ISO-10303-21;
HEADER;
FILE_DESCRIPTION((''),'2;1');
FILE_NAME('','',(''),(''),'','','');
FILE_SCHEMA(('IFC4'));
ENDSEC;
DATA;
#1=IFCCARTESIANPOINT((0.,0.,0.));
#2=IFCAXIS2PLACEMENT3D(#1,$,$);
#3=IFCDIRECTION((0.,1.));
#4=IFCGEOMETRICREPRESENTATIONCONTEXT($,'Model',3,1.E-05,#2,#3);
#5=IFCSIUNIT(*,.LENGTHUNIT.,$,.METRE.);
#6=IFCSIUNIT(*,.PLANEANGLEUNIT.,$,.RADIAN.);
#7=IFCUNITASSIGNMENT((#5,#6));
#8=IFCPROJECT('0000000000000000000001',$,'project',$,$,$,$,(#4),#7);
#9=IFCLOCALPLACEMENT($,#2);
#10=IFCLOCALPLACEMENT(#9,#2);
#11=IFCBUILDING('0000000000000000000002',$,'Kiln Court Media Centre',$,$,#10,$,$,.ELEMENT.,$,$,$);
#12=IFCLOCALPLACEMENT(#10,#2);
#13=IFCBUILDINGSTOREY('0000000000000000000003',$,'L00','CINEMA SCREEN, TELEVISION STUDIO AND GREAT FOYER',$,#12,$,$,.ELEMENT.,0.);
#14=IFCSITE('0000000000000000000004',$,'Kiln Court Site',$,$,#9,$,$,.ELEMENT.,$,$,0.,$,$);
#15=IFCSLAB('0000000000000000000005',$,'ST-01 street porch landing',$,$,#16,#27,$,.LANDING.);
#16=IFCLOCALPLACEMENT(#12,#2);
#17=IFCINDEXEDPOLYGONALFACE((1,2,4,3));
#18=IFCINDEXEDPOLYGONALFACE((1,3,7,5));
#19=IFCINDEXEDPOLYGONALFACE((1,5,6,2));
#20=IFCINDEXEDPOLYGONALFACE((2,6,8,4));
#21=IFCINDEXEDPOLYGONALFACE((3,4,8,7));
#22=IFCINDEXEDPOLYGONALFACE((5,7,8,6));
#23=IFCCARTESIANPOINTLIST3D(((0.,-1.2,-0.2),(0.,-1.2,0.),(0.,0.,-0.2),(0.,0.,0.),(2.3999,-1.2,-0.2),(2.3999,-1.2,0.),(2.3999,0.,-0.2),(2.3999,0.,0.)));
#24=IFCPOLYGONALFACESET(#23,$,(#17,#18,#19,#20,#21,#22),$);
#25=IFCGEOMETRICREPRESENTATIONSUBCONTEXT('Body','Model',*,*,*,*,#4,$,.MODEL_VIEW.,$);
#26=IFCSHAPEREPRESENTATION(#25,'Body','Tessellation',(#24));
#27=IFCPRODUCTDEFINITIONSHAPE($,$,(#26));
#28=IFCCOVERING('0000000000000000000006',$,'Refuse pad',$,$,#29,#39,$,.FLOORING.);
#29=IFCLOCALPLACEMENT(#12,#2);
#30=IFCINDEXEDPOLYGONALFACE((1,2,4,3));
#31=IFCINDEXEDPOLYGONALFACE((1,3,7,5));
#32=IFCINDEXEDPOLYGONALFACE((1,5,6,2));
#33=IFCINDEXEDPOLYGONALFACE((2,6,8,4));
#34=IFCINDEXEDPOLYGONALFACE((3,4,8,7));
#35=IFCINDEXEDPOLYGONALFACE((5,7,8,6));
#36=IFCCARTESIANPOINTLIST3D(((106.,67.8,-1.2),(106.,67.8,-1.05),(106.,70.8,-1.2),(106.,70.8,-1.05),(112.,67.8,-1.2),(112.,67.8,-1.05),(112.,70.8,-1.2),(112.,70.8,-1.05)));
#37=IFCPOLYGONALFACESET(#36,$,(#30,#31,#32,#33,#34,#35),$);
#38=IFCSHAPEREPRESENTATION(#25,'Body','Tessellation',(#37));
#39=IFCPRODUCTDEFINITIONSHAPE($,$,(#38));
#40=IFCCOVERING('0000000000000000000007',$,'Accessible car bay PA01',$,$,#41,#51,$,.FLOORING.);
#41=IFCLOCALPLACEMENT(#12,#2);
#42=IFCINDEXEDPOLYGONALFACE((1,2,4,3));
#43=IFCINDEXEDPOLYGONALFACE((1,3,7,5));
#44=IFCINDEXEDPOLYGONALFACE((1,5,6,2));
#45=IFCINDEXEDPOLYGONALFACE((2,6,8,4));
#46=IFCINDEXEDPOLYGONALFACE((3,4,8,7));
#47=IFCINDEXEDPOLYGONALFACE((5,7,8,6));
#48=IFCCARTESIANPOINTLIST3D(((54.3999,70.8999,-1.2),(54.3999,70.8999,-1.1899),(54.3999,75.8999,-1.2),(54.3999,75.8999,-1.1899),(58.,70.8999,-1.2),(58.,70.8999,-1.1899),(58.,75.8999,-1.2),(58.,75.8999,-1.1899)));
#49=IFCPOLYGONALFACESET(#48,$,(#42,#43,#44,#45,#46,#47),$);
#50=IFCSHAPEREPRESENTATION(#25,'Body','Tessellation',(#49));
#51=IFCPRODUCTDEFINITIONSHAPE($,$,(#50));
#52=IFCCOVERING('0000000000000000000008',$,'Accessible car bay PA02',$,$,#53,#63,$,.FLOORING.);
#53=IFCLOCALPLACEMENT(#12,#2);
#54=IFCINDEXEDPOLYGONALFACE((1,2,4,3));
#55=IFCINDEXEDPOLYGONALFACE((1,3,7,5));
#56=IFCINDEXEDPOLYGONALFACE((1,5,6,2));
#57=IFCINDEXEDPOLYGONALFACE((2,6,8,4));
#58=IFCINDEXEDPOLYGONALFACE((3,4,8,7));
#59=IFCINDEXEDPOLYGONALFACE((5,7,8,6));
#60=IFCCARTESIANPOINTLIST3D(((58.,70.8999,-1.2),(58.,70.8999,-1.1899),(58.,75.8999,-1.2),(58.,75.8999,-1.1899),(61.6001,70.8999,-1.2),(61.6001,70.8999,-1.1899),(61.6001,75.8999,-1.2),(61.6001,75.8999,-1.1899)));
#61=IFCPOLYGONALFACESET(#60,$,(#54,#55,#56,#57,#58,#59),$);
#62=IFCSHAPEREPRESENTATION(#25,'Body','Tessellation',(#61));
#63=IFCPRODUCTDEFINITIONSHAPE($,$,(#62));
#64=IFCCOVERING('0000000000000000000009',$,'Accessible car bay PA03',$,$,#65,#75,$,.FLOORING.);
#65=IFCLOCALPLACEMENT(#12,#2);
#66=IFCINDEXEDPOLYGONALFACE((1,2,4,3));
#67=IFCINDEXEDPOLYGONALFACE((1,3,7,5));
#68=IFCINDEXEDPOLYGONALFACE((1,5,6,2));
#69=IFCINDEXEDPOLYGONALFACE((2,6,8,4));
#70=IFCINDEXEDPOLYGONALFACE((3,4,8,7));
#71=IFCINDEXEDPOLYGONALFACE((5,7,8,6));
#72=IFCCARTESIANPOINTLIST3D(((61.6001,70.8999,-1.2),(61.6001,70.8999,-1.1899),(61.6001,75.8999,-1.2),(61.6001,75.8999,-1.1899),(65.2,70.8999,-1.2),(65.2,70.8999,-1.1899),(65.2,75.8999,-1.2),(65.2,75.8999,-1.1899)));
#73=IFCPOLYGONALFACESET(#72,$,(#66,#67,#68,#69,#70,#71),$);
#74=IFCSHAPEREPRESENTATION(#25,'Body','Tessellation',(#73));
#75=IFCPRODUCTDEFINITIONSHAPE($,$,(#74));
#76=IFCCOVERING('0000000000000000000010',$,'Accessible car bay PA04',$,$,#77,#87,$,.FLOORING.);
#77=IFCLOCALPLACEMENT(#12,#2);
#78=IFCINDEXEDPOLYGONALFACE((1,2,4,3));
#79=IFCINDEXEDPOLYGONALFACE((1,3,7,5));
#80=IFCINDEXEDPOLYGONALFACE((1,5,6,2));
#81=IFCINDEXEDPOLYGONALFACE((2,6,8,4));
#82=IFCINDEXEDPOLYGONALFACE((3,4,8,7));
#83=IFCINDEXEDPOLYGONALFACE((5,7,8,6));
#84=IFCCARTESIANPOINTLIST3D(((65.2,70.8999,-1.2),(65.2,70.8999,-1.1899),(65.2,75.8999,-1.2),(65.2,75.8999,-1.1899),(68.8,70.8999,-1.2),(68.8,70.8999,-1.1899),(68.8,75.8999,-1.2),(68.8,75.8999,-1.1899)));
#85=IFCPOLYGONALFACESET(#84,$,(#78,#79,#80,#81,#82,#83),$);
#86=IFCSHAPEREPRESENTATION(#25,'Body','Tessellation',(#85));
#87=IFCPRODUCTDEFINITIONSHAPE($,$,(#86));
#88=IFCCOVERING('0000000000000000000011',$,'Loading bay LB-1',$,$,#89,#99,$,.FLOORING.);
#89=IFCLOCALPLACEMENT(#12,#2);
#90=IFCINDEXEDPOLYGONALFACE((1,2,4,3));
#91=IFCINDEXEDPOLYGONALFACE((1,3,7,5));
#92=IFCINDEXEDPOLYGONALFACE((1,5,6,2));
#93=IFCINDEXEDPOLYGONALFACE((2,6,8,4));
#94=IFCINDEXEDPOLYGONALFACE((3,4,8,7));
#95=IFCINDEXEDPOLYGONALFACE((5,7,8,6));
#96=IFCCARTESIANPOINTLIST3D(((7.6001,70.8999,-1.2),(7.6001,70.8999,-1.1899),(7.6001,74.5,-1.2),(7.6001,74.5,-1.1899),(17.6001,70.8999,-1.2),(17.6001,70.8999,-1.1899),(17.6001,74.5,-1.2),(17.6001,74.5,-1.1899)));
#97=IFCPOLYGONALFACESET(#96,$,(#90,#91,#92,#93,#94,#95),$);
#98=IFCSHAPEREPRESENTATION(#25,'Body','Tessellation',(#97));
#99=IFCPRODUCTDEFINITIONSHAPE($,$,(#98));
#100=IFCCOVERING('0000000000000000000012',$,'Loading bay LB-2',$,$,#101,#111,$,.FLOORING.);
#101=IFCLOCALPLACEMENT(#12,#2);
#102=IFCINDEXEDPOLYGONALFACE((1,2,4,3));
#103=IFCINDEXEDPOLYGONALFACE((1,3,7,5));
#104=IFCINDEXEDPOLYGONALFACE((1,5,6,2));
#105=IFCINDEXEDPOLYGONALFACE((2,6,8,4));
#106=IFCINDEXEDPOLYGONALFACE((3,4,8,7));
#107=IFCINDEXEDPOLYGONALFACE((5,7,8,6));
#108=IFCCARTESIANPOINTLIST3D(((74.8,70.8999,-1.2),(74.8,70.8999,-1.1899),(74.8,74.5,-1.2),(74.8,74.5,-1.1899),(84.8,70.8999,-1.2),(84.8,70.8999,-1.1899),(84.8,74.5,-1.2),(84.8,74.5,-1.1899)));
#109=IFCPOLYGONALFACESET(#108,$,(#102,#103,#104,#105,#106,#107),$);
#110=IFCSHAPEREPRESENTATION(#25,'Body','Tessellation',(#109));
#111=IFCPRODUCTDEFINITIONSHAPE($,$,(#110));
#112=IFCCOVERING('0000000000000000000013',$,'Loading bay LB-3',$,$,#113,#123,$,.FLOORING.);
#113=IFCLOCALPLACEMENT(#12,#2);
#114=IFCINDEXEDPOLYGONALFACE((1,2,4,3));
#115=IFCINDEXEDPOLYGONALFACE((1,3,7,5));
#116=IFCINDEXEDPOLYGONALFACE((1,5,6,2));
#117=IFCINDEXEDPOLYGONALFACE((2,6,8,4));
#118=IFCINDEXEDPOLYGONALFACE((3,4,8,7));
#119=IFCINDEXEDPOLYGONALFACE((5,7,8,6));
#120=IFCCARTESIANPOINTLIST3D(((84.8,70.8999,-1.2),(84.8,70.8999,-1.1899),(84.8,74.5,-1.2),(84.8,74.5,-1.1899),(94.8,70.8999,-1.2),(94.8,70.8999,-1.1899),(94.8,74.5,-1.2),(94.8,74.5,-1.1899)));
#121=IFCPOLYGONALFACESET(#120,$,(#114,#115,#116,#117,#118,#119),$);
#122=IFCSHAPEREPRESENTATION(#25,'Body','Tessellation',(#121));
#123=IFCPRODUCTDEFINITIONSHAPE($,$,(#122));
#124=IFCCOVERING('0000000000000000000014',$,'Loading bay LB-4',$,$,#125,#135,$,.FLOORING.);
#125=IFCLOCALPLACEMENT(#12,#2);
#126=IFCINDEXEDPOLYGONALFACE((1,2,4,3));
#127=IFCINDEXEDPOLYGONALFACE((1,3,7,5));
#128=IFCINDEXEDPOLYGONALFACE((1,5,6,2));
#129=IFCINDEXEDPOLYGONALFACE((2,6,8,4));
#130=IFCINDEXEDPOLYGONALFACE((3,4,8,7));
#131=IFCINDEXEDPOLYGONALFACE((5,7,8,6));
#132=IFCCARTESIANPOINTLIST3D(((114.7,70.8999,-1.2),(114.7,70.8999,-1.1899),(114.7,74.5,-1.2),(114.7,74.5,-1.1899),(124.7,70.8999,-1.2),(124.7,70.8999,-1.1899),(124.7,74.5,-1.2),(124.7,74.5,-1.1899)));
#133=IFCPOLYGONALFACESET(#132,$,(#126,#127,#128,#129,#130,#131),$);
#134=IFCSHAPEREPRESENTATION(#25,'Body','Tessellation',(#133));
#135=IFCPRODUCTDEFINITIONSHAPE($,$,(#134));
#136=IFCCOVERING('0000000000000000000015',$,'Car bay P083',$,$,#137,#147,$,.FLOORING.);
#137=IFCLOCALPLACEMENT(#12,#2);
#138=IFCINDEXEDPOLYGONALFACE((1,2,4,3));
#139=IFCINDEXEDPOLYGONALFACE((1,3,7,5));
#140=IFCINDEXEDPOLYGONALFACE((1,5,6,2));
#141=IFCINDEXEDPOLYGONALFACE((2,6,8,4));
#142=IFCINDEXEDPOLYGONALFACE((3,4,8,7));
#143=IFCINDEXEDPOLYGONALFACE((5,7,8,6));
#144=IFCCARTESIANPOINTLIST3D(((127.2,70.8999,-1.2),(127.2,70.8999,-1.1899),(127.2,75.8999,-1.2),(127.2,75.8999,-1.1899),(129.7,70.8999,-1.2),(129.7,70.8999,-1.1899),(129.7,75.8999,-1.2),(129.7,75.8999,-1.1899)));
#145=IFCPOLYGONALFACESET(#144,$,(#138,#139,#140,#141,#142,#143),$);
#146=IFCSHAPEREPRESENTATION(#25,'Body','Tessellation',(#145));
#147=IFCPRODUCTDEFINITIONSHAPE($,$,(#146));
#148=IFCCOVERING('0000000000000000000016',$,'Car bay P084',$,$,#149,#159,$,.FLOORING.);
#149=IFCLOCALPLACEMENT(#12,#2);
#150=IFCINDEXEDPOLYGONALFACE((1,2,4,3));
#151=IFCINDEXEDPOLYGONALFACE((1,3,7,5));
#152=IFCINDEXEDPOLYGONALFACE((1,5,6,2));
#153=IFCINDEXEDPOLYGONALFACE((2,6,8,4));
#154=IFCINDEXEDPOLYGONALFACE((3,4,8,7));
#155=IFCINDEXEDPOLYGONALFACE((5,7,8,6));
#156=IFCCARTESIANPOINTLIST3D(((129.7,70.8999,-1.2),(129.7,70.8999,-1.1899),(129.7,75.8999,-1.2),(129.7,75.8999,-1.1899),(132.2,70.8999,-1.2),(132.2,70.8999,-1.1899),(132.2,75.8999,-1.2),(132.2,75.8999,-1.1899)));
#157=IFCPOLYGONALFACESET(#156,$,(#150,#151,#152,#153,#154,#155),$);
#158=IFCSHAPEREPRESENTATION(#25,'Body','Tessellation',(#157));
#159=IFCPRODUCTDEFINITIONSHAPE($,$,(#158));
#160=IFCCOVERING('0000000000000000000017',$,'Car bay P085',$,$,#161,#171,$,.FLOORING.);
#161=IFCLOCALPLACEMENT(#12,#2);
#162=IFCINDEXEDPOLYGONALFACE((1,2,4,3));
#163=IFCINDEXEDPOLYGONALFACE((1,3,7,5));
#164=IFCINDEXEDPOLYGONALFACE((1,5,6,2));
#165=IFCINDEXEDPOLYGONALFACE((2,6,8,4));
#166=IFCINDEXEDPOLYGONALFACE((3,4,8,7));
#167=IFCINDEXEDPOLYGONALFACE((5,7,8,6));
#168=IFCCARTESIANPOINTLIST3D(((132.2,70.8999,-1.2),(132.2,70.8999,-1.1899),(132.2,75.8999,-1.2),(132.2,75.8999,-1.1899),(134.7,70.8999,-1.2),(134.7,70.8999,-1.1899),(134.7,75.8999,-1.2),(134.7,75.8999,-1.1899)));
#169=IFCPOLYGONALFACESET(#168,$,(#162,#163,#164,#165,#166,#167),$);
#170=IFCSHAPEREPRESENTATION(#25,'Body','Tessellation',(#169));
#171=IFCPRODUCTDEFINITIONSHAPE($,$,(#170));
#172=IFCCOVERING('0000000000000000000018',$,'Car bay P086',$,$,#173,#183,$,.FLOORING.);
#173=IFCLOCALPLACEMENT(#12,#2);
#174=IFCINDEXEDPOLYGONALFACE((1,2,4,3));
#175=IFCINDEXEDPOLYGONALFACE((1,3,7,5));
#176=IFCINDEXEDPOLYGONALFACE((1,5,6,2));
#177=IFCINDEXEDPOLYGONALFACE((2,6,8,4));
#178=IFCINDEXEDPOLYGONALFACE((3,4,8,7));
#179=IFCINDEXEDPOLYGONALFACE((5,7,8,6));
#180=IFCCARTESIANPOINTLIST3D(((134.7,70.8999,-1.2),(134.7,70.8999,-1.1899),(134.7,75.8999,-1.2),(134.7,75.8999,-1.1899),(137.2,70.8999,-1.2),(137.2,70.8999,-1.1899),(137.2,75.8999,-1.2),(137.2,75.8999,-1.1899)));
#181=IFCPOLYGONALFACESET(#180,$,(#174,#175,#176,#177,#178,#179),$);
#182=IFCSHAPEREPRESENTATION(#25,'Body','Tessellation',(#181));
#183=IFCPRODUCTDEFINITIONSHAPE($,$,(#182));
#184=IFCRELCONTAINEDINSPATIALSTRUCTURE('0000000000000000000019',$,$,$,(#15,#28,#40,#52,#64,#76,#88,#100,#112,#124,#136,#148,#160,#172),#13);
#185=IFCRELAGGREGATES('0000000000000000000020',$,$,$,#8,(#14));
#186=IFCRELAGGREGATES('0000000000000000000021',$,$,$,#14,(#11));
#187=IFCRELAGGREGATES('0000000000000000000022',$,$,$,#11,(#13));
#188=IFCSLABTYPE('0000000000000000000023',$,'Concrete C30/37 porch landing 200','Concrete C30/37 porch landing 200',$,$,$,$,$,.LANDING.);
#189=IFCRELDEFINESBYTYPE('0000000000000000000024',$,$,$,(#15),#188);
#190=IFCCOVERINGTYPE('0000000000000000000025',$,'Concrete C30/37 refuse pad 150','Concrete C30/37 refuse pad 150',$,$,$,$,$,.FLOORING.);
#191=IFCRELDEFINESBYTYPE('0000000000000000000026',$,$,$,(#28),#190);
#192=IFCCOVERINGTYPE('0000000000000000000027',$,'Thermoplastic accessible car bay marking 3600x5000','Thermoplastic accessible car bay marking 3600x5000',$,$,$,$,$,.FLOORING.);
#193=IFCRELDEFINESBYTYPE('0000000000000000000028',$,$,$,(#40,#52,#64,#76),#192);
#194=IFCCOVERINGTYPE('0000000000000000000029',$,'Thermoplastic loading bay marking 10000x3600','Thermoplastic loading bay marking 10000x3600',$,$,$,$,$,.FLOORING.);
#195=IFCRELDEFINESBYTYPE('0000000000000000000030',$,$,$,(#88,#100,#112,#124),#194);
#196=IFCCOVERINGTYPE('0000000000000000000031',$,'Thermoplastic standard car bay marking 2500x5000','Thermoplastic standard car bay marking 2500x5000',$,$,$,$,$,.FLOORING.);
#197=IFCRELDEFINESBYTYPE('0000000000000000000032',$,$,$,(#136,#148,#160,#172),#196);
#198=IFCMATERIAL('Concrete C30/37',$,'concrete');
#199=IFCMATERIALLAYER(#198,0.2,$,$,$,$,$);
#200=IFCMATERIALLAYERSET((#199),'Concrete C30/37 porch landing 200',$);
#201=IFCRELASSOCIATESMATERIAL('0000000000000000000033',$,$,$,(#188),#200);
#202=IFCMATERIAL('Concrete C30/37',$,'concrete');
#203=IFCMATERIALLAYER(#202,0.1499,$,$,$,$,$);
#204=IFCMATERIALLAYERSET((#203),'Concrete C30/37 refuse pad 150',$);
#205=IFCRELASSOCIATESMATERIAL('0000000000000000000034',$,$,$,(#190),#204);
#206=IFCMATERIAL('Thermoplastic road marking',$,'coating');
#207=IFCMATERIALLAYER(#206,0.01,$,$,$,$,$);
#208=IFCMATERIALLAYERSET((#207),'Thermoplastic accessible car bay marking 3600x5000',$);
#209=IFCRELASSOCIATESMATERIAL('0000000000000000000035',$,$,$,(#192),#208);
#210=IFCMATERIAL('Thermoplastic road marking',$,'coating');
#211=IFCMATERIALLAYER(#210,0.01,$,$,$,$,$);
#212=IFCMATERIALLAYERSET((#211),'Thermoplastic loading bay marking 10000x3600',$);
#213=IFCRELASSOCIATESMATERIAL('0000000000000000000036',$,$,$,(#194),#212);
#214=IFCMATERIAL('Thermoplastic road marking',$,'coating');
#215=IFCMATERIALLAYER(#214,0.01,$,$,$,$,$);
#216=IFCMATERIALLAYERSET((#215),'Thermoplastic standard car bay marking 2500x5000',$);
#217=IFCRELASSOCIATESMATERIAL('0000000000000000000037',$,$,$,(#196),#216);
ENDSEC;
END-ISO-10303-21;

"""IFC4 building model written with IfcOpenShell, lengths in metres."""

from ifc_helpers import new_model, si_unit, direction, frame, origin, place, context, subcontext, project, spatial, polyline, outline, extrude, material, layer, layer_set, type_object, element, save


model = new_model("IFC4")

# Units and contexts
model_context = context("Model", 3, precision=1e-05, world=origin(), true_north=direction((0.0, 1.0)))
body_context = subcontext(model_context, "Body", "Model", "MODEL_VIEW")
ifc_project = project(units=[si_unit("LENGTHUNIT", "METRE"), si_unit("PLANEANGLEUNIT", "RADIAN")], contexts=[model_context])

# Site, building, storey
site_placement = place(None, origin())
site = spatial("IfcSite", under=ifc_project, at=site_placement, Name="Kiln Court Site", CompositionType="ELEMENT", RefElevation=0.0)
building_placement = place(site_placement, origin())
building = spatial("IfcBuilding", under=site, at=building_placement, Name="Kiln Court Media Centre", CompositionType="ELEMENT")
storey_placement = place(building_placement, origin())
storey = spatial("IfcBuildingStorey", under=building, at=storey_placement, Name="L00", Description="CINEMA SCREEN, TELEVISION STUDIO AND GREAT FOYER", CompositionType="ELEMENT", Elevation=0.0)

# Slab
ifc_material_1 = material(Name="Concrete C30/37", Category="concrete")
ifc_layer_1 = layer(ifc_material_1, 0.2)
ifc_layer_set_1 = layer_set([ifc_layer_1], Name="Concrete C30/37 porch landing 200")
slab_type = type_object("IfcSlabType", Name="Concrete C30/37 porch landing 200", Description="Concrete C30/37 porch landing 200", PredefinedType="LANDING", material=ifc_layer_set_1)
slab_placement = place(storey_placement, frame((0.0, 0.0, -0.2)))
element("IfcSlab", 1, at=slab_placement, inside=storey, type_object=slab_type, Name="ST-01 street porch landing", PredefinedType="LANDING", context=body_context, shape_type="SweptSolid", body=[
    extrude(outline(polyline([(0.0, -1.2), (2.3999, -1.2), (2.3999, 0.0), (0.0, 0.0), (0.0, -1.2)])), origin(), (0.0, 0.0, 1.0), 0.2),
])

# Coverings
ifc_material_2 = material(Name="Concrete C30/37", Category="concrete")
ifc_layer_2 = layer(ifc_material_2, 0.1499)
ifc_layer_set_2 = layer_set([ifc_layer_2], Name="Concrete C30/37 refuse pad 150")
covering_type_1 = type_object("IfcCoveringType", Name="Concrete C30/37 refuse pad 150", Description="Concrete C30/37 refuse pad 150", PredefinedType="FLOORING", material=ifc_layer_set_2)
covering_1_placement = place(storey_placement, frame((0.0, 0.0, -1.2)))
element("IfcCovering", 2, at=covering_1_placement, inside=storey, type_object=covering_type_1, Name="Refuse pad", PredefinedType="FLOORING", context=body_context, shape_type="SweptSolid", body=[
    extrude(outline(polyline([(106.0, 67.8), (106.0, 70.8), (112.0, 70.8), (112.0, 67.8), (106.0, 67.8)])), origin(), (0.0, 0.0, 1.0), 0.1499),
])
ifc_material_3 = material(Name="Thermoplastic road marking", Category="coating")
ifc_layer_3 = layer(ifc_material_3, 0.01)
ifc_layer_set_3 = layer_set([ifc_layer_3], Name="Thermoplastic accessible car bay marking 3600x5000")
covering_type_2 = type_object("IfcCoveringType", Name="Thermoplastic accessible car bay marking 3600x5000", Description="Thermoplastic accessible car bay marking 3600x5000", PredefinedType="FLOORING", material=ifc_layer_set_3)
covering_2_placement = place(storey_placement, frame((0.0, 0.0, -1.2)))
element("IfcCovering", 3, at=covering_2_placement, inside=storey, type_object=covering_type_2, Name="Accessible car bay PA01", PredefinedType="FLOORING", context=body_context, shape_type="SweptSolid", body=[
    extrude(outline(polyline([(54.3999, 70.8999), (58.0, 70.8999), (58.0, 75.8999), (54.3999, 75.8999), (54.3999, 70.8999)])), origin(), (0.0, 0.0, 1.0), 0.01),
])
covering_3_placement = place(storey_placement, frame((0.0, 0.0, -1.2)))
element("IfcCovering", 4, at=covering_3_placement, inside=storey, type_object=covering_type_2, Name="Accessible car bay PA02", PredefinedType="FLOORING", context=body_context, shape_type="SweptSolid", body=[
    extrude(outline(polyline([(58.0, 70.8999), (61.6001, 70.8999), (61.6001, 75.8999), (58.0, 75.8999), (58.0, 70.8999)])), origin(), (0.0, 0.0, 1.0), 0.01),
])
covering_4_placement = place(storey_placement, frame((0.0, 0.0, -1.2)))
element("IfcCovering", 5, at=covering_4_placement, inside=storey, type_object=covering_type_2, Name="Accessible car bay PA03", PredefinedType="FLOORING", context=body_context, shape_type="SweptSolid", body=[
    extrude(outline(polyline([(61.6001, 70.8999), (65.2, 70.8999), (65.2, 75.8999), (61.6001, 75.8999), (61.6001, 70.8999)])), origin(), (0.0, 0.0, 1.0), 0.01),
])
covering_5_placement = place(storey_placement, frame((0.0, 0.0, -1.2)))
element("IfcCovering", 6, at=covering_5_placement, inside=storey, type_object=covering_type_2, Name="Accessible car bay PA04", PredefinedType="FLOORING", context=body_context, shape_type="SweptSolid", body=[
    extrude(outline(polyline([(65.2, 70.8999), (68.8, 70.8999), (68.8, 75.8999), (65.2, 75.8999), (65.2, 70.8999)])), origin(), (0.0, 0.0, 1.0), 0.01),
])
ifc_material_4 = material(Name="Thermoplastic road marking", Category="coating")
ifc_layer_4 = layer(ifc_material_4, 0.01)
ifc_layer_set_4 = layer_set([ifc_layer_4], Name="Thermoplastic loading bay marking 10000x3600")
covering_type_3 = type_object("IfcCoveringType", Name="Thermoplastic loading bay marking 10000x3600", Description="Thermoplastic loading bay marking 10000x3600", PredefinedType="FLOORING", material=ifc_layer_set_4)
covering_6_placement = place(storey_placement, frame((0.0, 0.0, -1.2)))
element("IfcCovering", 7, at=covering_6_placement, inside=storey, type_object=covering_type_3, Name="Loading bay LB-1", PredefinedType="FLOORING", context=body_context, shape_type="SweptSolid", body=[
    extrude(outline(polyline([(7.6001, 70.8999), (17.6001, 70.8999), (17.6001, 74.5), (7.6001, 74.5), (7.6001, 70.8999)])), origin(), (0.0, 0.0, 1.0), 0.01),
])
covering_7_placement = place(storey_placement, frame((0.0, 0.0, -1.2)))
element("IfcCovering", 8, at=covering_7_placement, inside=storey, type_object=covering_type_3, Name="Loading bay LB-2", PredefinedType="FLOORING", context=body_context, shape_type="SweptSolid", body=[
    extrude(outline(polyline([(74.8, 70.8999), (84.8, 70.8999), (84.8, 74.5), (74.8, 74.5), (74.8, 70.8999)])), origin(), (0.0, 0.0, 1.0), 0.01),
])
covering_8_placement = place(storey_placement, frame((0.0, 0.0, -1.2)))
element("IfcCovering", 9, at=covering_8_placement, inside=storey, type_object=covering_type_3, Name="Loading bay LB-3", PredefinedType="FLOORING", context=body_context, shape_type="SweptSolid", body=[
    extrude(outline(polyline([(84.8, 70.8999), (94.8, 70.8999), (94.8, 74.5), (84.8, 74.5), (84.8, 70.8999)])), origin(), (0.0, 0.0, 1.0), 0.01),
])
covering_9_placement = place(storey_placement, frame((0.0, 0.0, -1.2)))
element("IfcCovering", 10, at=covering_9_placement, inside=storey, type_object=covering_type_3, Name="Loading bay LB-4", PredefinedType="FLOORING", context=body_context, shape_type="SweptSolid", body=[
    extrude(outline(polyline([(114.7, 70.8999), (124.7, 70.8999), (124.7, 74.5), (114.7, 74.5), (114.7, 70.8999)])), origin(), (0.0, 0.0, 1.0), 0.01),
])
ifc_material_5 = material(Name="Thermoplastic road marking", Category="coating")
ifc_layer_5 = layer(ifc_material_5, 0.01)
ifc_layer_set_5 = layer_set([ifc_layer_5], Name="Thermoplastic standard car bay marking 2500x5000")
covering_type_4 = type_object("IfcCoveringType", Name="Thermoplastic standard car bay marking 2500x5000", Description="Thermoplastic standard car bay marking 2500x5000", PredefinedType="FLOORING", material=ifc_layer_set_5)
covering_10_placement = place(storey_placement, frame((0.0, 0.0, -1.2)))
element("IfcCovering", 11, at=covering_10_placement, inside=storey, type_object=covering_type_4, Name="Car bay P083", PredefinedType="FLOORING", context=body_context, shape_type="SweptSolid", body=[
    extrude(outline(polyline([(127.2, 70.8999), (129.7, 70.8999), (129.7, 75.8999), (127.2, 75.8999), (127.2, 70.8999)])), origin(), (0.0, 0.0, 1.0), 0.01),
])
covering_11_placement = place(storey_placement, frame((0.0, 0.0, -1.2)))
element("IfcCovering", 12, at=covering_11_placement, inside=storey, type_object=covering_type_4, Name="Car bay P084", PredefinedType="FLOORING", context=body_context, shape_type="SweptSolid", body=[
    extrude(outline(polyline([(129.7, 70.8999), (132.2, 70.8999), (132.2, 75.8999), (129.7, 75.8999), (129.7, 70.8999)])), origin(), (0.0, 0.0, 1.0), 0.01),
])
covering_12_placement = place(storey_placement, frame((0.0, 0.0, -1.2)))
element("IfcCovering", 13, at=covering_12_placement, inside=storey, type_object=covering_type_4, Name="Car bay P085", PredefinedType="FLOORING", context=body_context, shape_type="SweptSolid", body=[
    extrude(outline(polyline([(132.2, 70.8999), (134.7, 70.8999), (134.7, 75.8999), (132.2, 75.8999), (132.2, 70.8999)])), origin(), (0.0, 0.0, 1.0), 0.01),
])
covering_13_placement = place(storey_placement, frame((0.0, 0.0, -1.2)))
element("IfcCovering", 14, at=covering_13_placement, inside=storey, type_object=covering_type_4, Name="Car bay P086", PredefinedType="FLOORING", context=body_context, shape_type="SweptSolid", body=[
    extrude(outline(polyline([(134.7, 70.8999), (137.2, 70.8999), (137.2, 75.8999), (134.7, 75.8999), (134.7, 70.8999)])), origin(), (0.0, 0.0, 1.0), 0.01),
])

save(model, "model.ifc")
